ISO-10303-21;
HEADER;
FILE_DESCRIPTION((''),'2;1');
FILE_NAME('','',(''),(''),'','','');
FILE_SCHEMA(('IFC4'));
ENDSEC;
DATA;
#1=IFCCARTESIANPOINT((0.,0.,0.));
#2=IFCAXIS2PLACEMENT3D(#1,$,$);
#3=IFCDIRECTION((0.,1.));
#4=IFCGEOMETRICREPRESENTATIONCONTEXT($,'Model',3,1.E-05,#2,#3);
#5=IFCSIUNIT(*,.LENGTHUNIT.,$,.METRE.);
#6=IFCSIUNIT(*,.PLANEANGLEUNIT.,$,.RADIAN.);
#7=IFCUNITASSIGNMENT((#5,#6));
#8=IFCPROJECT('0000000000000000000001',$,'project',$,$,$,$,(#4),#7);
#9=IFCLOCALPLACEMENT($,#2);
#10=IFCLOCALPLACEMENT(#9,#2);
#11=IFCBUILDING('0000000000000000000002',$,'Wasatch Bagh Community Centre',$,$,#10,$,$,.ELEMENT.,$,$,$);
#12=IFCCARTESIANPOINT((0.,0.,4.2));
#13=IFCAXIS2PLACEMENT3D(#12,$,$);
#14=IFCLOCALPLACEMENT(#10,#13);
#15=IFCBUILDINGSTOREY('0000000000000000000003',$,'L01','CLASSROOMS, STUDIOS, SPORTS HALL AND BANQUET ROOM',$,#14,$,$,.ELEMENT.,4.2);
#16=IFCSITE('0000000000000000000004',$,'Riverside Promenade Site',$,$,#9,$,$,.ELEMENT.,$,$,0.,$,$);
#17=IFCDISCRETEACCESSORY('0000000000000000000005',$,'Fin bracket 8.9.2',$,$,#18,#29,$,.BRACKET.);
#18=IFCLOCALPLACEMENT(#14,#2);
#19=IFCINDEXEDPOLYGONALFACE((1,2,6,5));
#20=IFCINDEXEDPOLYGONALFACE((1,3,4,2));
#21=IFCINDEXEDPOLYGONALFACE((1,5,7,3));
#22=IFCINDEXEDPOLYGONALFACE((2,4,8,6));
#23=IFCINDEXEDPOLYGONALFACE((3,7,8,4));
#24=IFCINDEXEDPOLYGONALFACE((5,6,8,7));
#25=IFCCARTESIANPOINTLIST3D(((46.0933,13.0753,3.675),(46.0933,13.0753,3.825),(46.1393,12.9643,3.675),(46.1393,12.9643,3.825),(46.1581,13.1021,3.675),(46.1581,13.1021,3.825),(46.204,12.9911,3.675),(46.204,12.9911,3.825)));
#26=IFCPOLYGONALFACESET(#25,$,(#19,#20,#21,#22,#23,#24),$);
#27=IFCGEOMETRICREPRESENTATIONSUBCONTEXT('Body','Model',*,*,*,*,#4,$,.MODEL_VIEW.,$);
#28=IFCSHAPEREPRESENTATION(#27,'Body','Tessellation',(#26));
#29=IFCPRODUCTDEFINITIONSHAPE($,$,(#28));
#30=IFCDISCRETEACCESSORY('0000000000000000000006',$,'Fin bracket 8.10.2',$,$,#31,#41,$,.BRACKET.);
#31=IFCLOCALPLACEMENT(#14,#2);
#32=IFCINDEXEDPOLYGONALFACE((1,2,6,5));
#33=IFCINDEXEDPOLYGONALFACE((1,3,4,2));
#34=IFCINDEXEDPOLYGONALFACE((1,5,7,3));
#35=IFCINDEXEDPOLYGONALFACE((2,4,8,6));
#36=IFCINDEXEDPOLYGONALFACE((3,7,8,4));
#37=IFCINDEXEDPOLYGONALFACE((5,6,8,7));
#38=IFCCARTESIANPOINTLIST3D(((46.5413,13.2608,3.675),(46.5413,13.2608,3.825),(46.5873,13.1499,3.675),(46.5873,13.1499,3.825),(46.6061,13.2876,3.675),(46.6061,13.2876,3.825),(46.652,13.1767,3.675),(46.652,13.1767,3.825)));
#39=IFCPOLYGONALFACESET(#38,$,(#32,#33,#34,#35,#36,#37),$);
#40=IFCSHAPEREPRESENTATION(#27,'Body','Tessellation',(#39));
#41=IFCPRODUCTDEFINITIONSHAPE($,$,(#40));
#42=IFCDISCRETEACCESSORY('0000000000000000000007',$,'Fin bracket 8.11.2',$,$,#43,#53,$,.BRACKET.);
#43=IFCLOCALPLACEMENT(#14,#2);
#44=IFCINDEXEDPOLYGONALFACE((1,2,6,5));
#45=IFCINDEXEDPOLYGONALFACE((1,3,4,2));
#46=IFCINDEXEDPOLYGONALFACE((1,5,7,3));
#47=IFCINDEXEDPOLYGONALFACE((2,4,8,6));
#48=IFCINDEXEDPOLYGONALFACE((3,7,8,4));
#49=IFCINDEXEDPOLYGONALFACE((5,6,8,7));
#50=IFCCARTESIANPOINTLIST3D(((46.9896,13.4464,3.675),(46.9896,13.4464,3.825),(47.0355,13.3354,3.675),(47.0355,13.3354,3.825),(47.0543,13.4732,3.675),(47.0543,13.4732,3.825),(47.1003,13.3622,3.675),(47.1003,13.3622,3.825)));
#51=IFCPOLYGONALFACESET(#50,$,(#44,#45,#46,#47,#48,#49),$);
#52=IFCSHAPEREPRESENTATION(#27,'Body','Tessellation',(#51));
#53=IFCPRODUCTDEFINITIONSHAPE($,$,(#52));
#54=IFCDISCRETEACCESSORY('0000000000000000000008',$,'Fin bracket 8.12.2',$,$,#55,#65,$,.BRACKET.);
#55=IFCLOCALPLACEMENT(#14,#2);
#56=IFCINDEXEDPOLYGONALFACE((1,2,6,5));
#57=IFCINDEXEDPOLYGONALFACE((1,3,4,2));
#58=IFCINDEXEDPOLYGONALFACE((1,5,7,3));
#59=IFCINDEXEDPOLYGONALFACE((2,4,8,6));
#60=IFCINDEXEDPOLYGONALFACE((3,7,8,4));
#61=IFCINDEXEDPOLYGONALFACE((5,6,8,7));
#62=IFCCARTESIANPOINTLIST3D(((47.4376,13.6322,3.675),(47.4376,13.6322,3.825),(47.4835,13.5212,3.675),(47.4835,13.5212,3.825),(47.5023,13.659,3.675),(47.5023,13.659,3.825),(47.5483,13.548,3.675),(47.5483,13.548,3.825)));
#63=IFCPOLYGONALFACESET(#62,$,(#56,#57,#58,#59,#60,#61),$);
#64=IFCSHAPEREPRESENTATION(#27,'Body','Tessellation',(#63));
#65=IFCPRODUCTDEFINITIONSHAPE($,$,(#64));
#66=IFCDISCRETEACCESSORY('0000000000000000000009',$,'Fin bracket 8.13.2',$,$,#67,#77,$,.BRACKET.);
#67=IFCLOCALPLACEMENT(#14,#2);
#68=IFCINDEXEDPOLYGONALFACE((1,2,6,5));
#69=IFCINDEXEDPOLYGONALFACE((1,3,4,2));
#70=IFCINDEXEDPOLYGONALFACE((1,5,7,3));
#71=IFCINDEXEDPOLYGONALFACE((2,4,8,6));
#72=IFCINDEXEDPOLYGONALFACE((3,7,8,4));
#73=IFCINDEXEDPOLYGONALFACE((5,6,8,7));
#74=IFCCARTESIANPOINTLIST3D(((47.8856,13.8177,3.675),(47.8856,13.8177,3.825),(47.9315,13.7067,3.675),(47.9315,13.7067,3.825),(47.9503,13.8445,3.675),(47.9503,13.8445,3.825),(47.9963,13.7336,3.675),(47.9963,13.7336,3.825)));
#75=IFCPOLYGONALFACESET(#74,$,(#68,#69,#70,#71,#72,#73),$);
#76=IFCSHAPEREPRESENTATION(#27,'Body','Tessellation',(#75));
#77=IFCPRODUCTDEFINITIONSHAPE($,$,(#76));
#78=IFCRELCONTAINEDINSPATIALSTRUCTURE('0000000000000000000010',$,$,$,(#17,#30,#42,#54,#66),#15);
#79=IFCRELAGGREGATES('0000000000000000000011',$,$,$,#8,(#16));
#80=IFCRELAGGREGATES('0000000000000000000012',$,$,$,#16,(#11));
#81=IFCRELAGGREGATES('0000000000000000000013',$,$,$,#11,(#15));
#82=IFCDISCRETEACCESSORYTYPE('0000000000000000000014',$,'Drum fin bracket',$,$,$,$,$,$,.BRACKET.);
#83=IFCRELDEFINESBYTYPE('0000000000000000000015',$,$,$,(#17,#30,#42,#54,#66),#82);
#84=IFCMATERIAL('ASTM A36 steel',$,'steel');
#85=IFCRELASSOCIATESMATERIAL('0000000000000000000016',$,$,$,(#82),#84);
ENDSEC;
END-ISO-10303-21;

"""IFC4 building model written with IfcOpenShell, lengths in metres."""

from ifc_helpers import new_model, si_unit, direction, frame, origin, origin_2d, place, context, subcontext, project, spatial, rectangle, extrude, material, type_object, element, save


model = new_model("IFC4")

# Units and contexts
model_context = context("Model", 3, precision=1e-05, world=origin(), true_north=direction((0.0, 1.0)))
body_context = subcontext(model_context, "Body", "Model", "MODEL_VIEW")
ifc_project = project(units=[si_unit("LENGTHUNIT", "METRE"), si_unit("PLANEANGLEUNIT", "RADIAN")], contexts=[model_context])

# Site, building, storey
site_placement = place(None, origin())
site = spatial("IfcSite", under=ifc_project, at=site_placement, Name="Riverside Promenade Site", CompositionType="ELEMENT", RefElevation=0.0)
building_placement = place(site_placement, origin())
building = spatial("IfcBuilding", under=site, at=building_placement, Name="Wasatch Bagh Community Centre", CompositionType="ELEMENT")
storey_placement = place(building_placement, frame((0.0, 0.0, 4.2)))
storey = spatial("IfcBuildingStorey", under=building, at=storey_placement, Name="L01", Description="CLASSROOMS, STUDIOS, SPORTS HALL AND BANQUET ROOM", CompositionType="ELEMENT", Elevation=4.2)

# Discrete accessories
ifc_material_1 = material(Name="ASTM A36 steel", Category="steel")
discrete_accessory_type = type_object("IfcDiscreteAccessoryType", Name="Drum fin bracket", PredefinedType="BRACKET", material=ifc_material_1)
for number, where, z_axis, x_axis, name in (
    (1, (46.1487, 13.0332, 3.675), (0.0, 0.0, 1.0), (0.92388, 0.382683, 0.0), "Fin bracket 8.9.2"),
    (2, (46.5967, 13.2188, 3.675), (0.0, 0.0, 1.0), (0.92388, 0.382683, 0.0), "Fin bracket 8.10.2"),
    (3, (47.0449, 13.4043, 3.675), (0.0, 0.0, 1.0), (0.92388, 0.382683, 0.0), "Fin bracket 8.11.2"),
    (4, (47.4929, 13.5901, 3.675), (0.0, 0.0, 1.0), (0.92388, 0.382683, 0.0), "Fin bracket 8.12.2"),
    (5, (47.9409, 13.7756, 3.675), (0.0, 0.0, 1.0), (0.92388, 0.382683, 0.0), "Fin bracket 8.13.2"),
):
    element("IfcDiscreteAccessory", number, at=place(storey_placement, frame(where, z_axis=z_axis, x_axis=x_axis)), inside=storey, type_object=discrete_accessory_type, Name=name, PredefinedType="BRACKET", context=body_context, shape_type="SweptSolid", body=[
        extrude(rectangle(XDim=0.0701, YDim=0.1201, at=origin_2d()), origin(), (0.0, 0.0, 1.0), 0.1499),
    ])

save(model, "model.ifc")
